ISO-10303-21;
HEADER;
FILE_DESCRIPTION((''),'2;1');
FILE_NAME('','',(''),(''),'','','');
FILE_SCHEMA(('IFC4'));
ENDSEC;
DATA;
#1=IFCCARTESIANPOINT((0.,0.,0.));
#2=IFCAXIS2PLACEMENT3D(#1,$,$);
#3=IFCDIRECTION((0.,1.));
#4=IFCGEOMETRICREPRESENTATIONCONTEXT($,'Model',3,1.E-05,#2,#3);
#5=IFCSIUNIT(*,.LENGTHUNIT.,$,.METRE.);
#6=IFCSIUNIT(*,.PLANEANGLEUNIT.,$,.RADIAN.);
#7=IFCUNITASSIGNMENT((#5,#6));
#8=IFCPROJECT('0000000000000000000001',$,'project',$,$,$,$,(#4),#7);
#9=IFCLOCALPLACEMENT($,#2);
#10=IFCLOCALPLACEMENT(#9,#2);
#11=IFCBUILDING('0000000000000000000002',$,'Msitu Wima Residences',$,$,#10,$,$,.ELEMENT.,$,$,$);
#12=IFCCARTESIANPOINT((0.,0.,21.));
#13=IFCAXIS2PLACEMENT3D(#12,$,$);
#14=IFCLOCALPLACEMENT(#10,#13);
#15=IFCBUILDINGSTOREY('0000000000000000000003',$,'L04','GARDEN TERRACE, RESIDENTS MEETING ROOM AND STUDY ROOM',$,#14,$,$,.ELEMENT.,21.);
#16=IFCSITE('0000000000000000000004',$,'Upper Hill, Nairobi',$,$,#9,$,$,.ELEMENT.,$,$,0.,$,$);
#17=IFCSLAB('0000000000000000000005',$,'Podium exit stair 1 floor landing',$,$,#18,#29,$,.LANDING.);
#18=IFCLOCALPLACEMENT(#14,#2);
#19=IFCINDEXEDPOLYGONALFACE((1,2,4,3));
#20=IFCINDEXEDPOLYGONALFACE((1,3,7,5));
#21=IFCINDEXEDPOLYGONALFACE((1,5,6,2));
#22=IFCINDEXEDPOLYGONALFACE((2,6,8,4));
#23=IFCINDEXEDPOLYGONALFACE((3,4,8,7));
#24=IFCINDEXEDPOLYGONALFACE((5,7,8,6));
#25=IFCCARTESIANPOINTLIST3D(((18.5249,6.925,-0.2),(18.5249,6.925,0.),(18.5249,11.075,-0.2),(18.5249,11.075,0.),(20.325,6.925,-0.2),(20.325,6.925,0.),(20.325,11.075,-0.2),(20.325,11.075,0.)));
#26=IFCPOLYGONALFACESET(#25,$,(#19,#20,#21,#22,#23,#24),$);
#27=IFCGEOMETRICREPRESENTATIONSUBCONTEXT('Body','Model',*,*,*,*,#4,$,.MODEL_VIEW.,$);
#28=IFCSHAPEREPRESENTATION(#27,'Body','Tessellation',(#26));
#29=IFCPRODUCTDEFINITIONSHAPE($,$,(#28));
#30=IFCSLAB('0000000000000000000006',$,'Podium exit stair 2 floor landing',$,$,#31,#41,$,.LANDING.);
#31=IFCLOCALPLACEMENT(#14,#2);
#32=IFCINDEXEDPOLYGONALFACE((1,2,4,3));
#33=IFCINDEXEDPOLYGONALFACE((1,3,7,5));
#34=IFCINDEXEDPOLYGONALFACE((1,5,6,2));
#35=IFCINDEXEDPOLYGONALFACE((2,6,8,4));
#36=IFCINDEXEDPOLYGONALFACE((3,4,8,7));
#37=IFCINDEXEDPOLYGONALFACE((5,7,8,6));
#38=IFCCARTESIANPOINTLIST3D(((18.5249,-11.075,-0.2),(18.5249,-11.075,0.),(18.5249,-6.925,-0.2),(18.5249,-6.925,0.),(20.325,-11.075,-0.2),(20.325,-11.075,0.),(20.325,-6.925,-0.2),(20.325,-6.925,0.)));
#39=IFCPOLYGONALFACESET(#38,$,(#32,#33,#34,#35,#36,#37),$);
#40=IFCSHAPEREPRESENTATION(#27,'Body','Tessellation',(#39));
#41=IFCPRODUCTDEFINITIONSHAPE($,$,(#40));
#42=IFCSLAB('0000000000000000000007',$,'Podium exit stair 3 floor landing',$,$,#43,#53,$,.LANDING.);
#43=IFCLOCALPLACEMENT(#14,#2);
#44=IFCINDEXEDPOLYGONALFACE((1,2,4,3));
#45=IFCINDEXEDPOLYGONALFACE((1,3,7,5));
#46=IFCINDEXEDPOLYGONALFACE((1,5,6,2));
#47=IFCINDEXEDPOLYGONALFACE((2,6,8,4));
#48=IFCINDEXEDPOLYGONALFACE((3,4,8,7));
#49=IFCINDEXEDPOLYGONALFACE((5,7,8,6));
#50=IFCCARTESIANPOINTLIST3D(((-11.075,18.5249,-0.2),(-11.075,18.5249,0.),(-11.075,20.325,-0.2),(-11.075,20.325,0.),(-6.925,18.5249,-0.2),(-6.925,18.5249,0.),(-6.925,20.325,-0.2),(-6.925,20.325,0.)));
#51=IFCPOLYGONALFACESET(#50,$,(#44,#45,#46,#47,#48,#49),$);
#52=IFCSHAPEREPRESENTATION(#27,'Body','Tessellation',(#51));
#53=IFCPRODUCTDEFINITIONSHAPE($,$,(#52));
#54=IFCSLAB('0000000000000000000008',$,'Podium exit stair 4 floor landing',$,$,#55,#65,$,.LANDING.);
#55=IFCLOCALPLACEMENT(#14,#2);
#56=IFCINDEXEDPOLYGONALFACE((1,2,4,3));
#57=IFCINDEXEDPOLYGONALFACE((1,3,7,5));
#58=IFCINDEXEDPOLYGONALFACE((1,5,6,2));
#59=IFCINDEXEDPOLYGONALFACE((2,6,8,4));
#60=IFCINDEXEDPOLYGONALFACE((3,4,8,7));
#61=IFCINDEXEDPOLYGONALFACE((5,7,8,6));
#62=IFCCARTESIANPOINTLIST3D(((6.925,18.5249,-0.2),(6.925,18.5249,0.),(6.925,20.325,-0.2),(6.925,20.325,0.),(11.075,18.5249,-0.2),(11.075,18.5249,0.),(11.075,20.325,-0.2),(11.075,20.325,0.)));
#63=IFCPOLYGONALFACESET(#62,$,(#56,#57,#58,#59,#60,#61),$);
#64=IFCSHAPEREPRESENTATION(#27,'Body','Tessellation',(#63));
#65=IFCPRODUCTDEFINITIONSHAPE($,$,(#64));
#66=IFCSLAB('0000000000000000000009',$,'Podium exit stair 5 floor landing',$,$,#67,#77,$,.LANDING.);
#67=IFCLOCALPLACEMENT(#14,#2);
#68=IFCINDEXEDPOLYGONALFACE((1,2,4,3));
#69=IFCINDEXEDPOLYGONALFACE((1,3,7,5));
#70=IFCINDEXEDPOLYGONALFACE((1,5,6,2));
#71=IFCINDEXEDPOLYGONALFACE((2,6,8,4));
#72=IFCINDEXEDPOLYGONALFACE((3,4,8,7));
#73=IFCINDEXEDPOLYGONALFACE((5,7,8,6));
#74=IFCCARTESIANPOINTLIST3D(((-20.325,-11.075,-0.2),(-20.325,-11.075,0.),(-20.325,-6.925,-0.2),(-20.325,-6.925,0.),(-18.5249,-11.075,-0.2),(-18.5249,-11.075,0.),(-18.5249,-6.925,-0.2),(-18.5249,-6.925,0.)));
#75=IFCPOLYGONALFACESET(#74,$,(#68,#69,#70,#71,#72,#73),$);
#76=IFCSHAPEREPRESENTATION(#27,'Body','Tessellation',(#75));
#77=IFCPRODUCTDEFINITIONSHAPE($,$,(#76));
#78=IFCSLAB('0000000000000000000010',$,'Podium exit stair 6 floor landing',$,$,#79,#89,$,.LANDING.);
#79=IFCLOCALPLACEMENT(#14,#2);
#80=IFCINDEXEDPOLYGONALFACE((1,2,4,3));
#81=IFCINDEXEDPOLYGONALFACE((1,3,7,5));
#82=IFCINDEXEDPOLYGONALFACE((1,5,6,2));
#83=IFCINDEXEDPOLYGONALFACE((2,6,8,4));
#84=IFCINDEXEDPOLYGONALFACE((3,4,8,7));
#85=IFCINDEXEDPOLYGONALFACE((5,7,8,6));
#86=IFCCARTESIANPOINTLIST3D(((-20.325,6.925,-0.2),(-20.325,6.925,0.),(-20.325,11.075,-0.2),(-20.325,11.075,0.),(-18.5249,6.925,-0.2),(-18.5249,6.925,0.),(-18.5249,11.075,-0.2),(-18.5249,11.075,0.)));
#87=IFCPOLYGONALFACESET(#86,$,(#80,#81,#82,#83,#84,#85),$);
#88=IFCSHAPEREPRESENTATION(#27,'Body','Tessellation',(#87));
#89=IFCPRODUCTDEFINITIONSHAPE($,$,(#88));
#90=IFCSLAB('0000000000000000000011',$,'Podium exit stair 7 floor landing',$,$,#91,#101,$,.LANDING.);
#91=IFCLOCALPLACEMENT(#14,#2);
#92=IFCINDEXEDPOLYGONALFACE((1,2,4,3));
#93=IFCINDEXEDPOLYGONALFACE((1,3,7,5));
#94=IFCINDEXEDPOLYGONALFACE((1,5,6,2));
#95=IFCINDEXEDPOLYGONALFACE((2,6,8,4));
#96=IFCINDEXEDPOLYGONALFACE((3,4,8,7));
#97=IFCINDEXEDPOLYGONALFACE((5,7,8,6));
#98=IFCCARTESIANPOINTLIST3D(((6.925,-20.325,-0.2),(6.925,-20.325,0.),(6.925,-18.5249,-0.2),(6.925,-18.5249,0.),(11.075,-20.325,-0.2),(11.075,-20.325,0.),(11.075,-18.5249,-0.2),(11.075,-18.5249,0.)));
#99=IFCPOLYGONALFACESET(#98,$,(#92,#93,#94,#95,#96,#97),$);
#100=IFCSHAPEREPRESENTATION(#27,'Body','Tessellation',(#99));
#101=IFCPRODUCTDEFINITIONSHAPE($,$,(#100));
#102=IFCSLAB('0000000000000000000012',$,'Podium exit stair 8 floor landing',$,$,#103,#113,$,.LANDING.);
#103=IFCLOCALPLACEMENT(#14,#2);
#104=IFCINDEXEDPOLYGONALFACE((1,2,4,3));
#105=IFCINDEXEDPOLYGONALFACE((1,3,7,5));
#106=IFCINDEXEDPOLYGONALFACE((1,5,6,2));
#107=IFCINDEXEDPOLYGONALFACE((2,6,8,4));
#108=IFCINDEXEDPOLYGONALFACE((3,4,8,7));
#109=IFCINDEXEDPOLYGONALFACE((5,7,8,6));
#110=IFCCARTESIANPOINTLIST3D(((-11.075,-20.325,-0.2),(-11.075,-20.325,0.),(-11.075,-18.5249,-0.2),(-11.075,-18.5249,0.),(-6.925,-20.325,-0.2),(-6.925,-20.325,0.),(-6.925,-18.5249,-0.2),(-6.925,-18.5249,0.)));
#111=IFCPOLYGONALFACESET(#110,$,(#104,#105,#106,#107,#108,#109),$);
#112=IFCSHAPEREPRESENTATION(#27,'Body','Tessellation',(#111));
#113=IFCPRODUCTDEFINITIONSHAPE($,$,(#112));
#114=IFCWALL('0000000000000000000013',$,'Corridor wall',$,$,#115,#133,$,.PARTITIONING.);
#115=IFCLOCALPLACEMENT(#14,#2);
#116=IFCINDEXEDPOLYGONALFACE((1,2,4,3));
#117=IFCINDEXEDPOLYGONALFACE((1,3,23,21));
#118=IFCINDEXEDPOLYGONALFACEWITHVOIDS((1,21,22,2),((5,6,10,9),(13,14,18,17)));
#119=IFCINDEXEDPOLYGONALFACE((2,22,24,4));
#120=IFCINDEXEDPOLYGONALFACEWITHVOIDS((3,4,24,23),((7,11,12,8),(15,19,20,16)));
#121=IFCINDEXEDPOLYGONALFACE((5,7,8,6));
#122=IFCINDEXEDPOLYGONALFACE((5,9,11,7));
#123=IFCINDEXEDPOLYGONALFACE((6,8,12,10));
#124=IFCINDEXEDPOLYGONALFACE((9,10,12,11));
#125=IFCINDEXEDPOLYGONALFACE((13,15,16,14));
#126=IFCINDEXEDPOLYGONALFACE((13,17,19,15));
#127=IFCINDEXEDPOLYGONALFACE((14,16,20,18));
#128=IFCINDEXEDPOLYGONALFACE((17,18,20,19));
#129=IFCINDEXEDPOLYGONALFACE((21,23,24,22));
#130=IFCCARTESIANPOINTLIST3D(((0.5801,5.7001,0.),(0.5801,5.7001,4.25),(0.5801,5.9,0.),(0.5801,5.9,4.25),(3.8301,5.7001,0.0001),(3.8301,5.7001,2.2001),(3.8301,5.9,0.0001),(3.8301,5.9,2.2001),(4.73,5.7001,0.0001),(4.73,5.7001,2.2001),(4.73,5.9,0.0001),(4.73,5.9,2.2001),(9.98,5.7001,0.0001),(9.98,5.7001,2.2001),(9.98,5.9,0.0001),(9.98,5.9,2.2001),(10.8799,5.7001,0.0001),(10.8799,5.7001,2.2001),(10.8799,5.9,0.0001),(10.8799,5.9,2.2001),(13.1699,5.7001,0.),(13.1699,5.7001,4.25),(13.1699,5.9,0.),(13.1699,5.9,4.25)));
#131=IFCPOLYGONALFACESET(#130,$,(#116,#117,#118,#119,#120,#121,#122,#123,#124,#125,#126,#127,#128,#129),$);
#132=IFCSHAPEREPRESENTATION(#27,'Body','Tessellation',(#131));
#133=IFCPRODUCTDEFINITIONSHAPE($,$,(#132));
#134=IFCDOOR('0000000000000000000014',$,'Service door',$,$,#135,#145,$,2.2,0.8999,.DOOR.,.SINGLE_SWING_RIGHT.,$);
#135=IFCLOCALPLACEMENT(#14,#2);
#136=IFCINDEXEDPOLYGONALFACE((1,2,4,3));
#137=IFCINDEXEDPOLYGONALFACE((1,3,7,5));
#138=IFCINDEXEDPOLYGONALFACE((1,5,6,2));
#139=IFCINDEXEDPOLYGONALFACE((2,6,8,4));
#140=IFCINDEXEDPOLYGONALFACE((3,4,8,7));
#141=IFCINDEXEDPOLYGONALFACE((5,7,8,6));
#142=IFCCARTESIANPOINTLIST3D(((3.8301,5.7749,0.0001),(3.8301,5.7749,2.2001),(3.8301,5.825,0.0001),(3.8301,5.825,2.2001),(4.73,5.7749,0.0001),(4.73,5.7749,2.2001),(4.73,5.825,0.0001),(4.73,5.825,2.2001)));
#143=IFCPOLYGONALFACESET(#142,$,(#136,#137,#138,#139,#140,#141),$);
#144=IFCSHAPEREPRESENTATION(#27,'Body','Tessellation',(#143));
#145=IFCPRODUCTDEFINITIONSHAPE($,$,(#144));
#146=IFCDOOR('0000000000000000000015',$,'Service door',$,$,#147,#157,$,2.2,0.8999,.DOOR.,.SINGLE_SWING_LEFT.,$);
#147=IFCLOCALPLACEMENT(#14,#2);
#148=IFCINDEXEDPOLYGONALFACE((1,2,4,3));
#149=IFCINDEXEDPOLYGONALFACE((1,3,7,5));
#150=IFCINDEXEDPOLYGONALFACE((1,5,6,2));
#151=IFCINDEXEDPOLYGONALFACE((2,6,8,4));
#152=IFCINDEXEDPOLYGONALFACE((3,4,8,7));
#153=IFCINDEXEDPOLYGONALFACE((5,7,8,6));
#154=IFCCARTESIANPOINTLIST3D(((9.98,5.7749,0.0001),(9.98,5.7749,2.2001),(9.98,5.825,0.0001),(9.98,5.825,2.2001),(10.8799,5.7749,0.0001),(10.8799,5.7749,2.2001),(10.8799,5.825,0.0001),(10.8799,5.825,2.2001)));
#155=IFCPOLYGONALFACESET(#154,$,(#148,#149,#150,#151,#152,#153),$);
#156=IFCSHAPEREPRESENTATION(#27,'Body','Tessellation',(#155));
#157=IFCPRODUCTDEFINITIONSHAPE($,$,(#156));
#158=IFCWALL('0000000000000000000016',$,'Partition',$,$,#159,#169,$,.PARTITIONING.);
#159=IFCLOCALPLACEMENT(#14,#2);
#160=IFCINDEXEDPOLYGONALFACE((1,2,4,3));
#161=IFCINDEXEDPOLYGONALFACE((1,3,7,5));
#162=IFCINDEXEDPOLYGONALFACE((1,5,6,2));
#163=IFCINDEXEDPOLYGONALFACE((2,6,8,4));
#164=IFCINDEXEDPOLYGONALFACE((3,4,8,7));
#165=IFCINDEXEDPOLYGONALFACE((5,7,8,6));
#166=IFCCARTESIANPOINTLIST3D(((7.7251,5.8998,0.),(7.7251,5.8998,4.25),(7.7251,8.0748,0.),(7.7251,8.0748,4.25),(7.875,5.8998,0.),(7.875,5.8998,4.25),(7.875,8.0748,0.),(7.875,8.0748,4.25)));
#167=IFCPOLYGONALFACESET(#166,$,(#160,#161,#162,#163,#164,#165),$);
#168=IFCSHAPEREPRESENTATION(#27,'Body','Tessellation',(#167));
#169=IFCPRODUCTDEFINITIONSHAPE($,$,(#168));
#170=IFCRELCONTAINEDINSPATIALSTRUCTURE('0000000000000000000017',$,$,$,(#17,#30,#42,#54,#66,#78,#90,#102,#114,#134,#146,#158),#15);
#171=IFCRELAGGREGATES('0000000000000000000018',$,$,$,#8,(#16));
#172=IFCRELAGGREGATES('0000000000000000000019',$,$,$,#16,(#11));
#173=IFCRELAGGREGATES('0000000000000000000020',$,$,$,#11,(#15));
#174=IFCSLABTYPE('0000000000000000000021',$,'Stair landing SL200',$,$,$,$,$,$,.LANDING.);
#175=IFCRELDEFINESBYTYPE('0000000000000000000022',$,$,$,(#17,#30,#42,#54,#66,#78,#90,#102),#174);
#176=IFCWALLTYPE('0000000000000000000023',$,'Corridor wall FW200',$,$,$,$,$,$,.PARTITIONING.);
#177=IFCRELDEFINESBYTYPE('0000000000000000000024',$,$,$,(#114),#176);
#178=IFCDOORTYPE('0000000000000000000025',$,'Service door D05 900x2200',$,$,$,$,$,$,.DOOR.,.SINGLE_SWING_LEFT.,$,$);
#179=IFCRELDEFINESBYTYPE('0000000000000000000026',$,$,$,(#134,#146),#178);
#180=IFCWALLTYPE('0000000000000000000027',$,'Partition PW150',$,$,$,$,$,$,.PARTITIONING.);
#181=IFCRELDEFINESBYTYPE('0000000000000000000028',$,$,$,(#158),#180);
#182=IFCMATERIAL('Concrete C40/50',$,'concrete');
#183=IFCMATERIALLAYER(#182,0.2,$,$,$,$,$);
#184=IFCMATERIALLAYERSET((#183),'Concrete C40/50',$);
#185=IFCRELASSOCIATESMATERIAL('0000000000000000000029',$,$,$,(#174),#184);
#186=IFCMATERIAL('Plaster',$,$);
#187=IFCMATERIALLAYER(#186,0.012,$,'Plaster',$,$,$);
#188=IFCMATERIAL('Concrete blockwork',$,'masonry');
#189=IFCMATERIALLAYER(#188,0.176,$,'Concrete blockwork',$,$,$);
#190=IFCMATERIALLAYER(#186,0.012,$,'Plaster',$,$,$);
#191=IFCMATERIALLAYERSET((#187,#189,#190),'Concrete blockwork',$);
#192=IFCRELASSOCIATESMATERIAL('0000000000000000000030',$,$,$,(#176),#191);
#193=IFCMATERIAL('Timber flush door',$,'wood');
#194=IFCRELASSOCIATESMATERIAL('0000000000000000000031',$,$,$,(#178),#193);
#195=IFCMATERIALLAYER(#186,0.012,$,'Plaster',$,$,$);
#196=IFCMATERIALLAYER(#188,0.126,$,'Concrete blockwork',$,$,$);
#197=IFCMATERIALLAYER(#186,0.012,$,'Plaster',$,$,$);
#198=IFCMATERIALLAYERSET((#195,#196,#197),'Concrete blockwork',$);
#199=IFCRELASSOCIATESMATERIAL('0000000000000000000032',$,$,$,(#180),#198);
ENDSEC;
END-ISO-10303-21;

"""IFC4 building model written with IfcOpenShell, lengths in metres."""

from ifc_helpers import new_model, si_unit, direction, frame, frame_2d, origin, place, context, subcontext, project, spatial, polyline, rectangle, outline, extrude, material, layer, layer_set, type_object, element, fill, save


model = new_model("IFC4")

# Units and contexts
model_context = context("Model", 3, precision=1e-05, world=origin(), true_north=direction((0.0, 1.0)))
body_context = subcontext(model_context, "Body", "Model", "MODEL_VIEW")
ifc_project = project(units=[si_unit("LENGTHUNIT", "METRE"), si_unit("PLANEANGLEUNIT", "RADIAN")], contexts=[model_context])

# Site, building, storey
site_placement = place(None, origin())
site = spatial("IfcSite", under=ifc_project, at=site_placement, Name="Upper Hill, Nairobi", CompositionType="ELEMENT", RefElevation=0.0)
building_placement = place(site_placement, origin())
building = spatial("IfcBuilding", under=site, at=building_placement, Name="Msitu Wima Residences", CompositionType="ELEMENT")
storey_placement = place(building_placement, frame((0.0, 0.0, 21.0)))
storey = spatial("IfcBuildingStorey", under=building, at=storey_placement, Name="L04", Description="GARDEN TERRACE, RESIDENTS MEETING ROOM AND STUDY ROOM", CompositionType="ELEMENT", Elevation=21.0)

# Slabs
ifc_material_1 = material(Name="Concrete C40/50", Category="concrete")
ifc_layer_1 = layer(ifc_material_1, 0.2)
ifc_layer_set_1 = layer_set([ifc_layer_1], Name="Concrete C40/50")
slab_type = type_object("IfcSlabType", Name="Stair landing SL200", PredefinedType="LANDING", material=ifc_layer_set_1)
slab_1_placement = place(storey_placement, frame((0.0, 0.0, -0.2)))
element("IfcSlab", 1, at=slab_1_placement, inside=storey, type_object=slab_type, Name="Podium exit stair 1 floor landing", PredefinedType="LANDING", context=body_context, shape_type="SweptSolid", body=[
    extrude(outline(polyline([(18.5249, 6.925), (20.325, 6.925), (20.325, 11.075), (18.5249, 11.075), (18.5249, 6.925)])), origin(), (0.0, 0.0, 1.0), 0.2),
])
slab_2_placement = place(storey_placement, frame((0.0, 0.0, -0.2)))
element("IfcSlab", 2, at=slab_2_placement, inside=storey, type_object=slab_type, Name="Podium exit stair 2 floor landing", PredefinedType="LANDING", context=body_context, shape_type="SweptSolid", body=[
    extrude(outline(polyline([(18.5249, -6.925), (20.325, -6.925), (20.325, -11.075), (18.5249, -11.075), (18.5249, -6.925)])), origin(), (0.0, 0.0, 1.0), 0.2),
])
slab_3_placement = place(storey_placement, frame((0.0, 0.0, -0.2)))
element("IfcSlab", 3, at=slab_3_placement, inside=storey, type_object=slab_type, Name="Podium exit stair 3 floor landing", PredefinedType="LANDING", context=body_context, shape_type="SweptSolid", body=[
    extrude(outline(polyline([(-6.925, 18.5249), (-6.925, 20.325), (-11.075, 20.325), (-11.075, 18.5249), (-6.925, 18.5249)])), origin(), (0.0, 0.0, 1.0), 0.2),
])
slab_4_placement = place(storey_placement, frame((0.0, 0.0, -0.2)))
element("IfcSlab", 4, at=slab_4_placement, inside=storey, type_object=slab_type, Name="Podium exit stair 4 floor landing", PredefinedType="LANDING", context=body_context, shape_type="SweptSolid", body=[
    extrude(outline(polyline([(6.925, 18.5249), (6.925, 20.325), (11.075, 20.325), (11.075, 18.5249), (6.925, 18.5249)])), origin(), (0.0, 0.0, 1.0), 0.2),
])
slab_5_placement = place(storey_placement, frame((0.0, 0.0, -0.2)))
element("IfcSlab", 5, at=slab_5_placement, inside=storey, type_object=slab_type, Name="Podium exit stair 5 floor landing", PredefinedType="LANDING", context=body_context, shape_type="SweptSolid", body=[
    extrude(outline(polyline([(-18.5249, -6.925), (-20.325, -6.925), (-20.325, -11.075), (-18.5249, -11.075), (-18.5249, -6.925)])), origin(), (0.0, 0.0, 1.0), 0.2),
])
slab_6_placement = place(storey_placement, frame((0.0, 0.0, -0.2)))
element("IfcSlab", 6, at=slab_6_placement, inside=storey, type_object=slab_type, Name="Podium exit stair 6 floor landing", PredefinedType="LANDING", context=body_context, shape_type="SweptSolid", body=[
    extrude(outline(polyline([(-18.5249, 6.925), (-20.325, 6.925), (-20.325, 11.075), (-18.5249, 11.075), (-18.5249, 6.925)])), origin(), (0.0, 0.0, 1.0), 0.2),
])
slab_7_placement = place(storey_placement, frame((0.0, 0.0, -0.2)))
element("IfcSlab", 7, at=slab_7_placement, inside=storey, type_object=slab_type, Name="Podium exit stair 7 floor landing", PredefinedType="LANDING", context=body_context, shape_type="SweptSolid", body=[
    extrude(outline(polyline([(6.925, -18.5249), (6.925, -20.325), (11.075, -20.325), (11.075, -18.5249), (6.925, -18.5249)])), origin(), (0.0, 0.0, 1.0), 0.2),
])
slab_8_placement = place(storey_placement, frame((0.0, 0.0, -0.2)))
element("IfcSlab", 8, at=slab_8_placement, inside=storey, type_object=slab_type, Name="Podium exit stair 8 floor landing", PredefinedType="LANDING", context=body_context, shape_type="SweptSolid", body=[
    extrude(outline(polyline([(-6.925, -18.5249), (-6.925, -20.325), (-11.075, -20.325), (-11.075, -18.5249), (-6.925, -18.5249)])), origin(), (0.0, 0.0, 1.0), 0.2),
])

# Wall, openings, doors
ifc_material_2 = material(Name="Plaster")
ifc_layer_2 = layer(ifc_material_2, 0.012, Name="Plaster")
ifc_material_3 = material(Name="Concrete blockwork", Category="masonry")
ifc_layer_3 = layer(ifc_material_3, 0.176, Name="Concrete blockwork")
ifc_layer_4 = layer(ifc_material_2, 0.012, Name="Plaster")
ifc_layer_set_2 = layer_set([ifc_layer_2, ifc_layer_3, ifc_layer_4], Name="Concrete blockwork")
wall_type_1 = type_object("IfcWallType", Name="Corridor wall FW200", PredefinedType="PARTITIONING", material=ifc_layer_set_2)
wall_1_placement = place(storey_placement, frame((0.5801, 5.8, 0.0), z_axis=(0.0, 0.0, 1.0), x_axis=(1.0, 0.0, 0.0)))
wall_1 = element("IfcWall", 9, at=wall_1_placement, inside=storey, type_object=wall_type_1, Name="Corridor wall", PredefinedType="PARTITIONING", context=body_context, shape_type="SweptSolid", body=[
    extrude(rectangle(XDim=12.5898, YDim=0.2, at=frame_2d((6.2949, 0.0))), origin(), (0.0, 0.0, 1.0), 4.25),
])
opening_1_placement = place(wall_1_placement, frame((3.25, 0.0, 0.0)))
opening_1 = element("IfcOpeningElement", 10, at=opening_1_placement, cuts=wall_1, PredefinedType="OPENING", context=body_context, shape_type="SweptSolid", body=[
    extrude(rectangle(XDim=0.8999, YDim=2.2, at=frame_2d((0.45, 1.1001))), frame((0.0, 0.1099, 0.0), z_axis=(0.0, -1.0, 0.0), x_axis=(1.0, 0.0, 0.0)), (0.0, 0.0, 1.0), 0.22),
])
opening_2_placement = place(wall_1_placement, frame((9.3999, 0.0, 0.0)))
opening_2 = element("IfcOpeningElement", 11, at=opening_2_placement, cuts=wall_1, PredefinedType="OPENING", context=body_context, shape_type="SweptSolid", body=[
    extrude(rectangle(XDim=0.8999, YDim=2.2, at=frame_2d((0.45, 1.1001))), frame((0.0, 0.1099, 0.0), z_axis=(0.0, -1.0, 0.0), x_axis=(1.0, 0.0, 0.0)), (0.0, 0.0, 1.0), 0.22),
])
ifc_material_4 = material(Name="Timber flush door", Category="wood")
door_type_1 = type_object("IfcDoorType", Name="Service door D05 900x2200", OperationType="SINGLE_SWING_LEFT", PredefinedType="DOOR", material=ifc_material_4)
door_1_placement = place(opening_1_placement, origin())
door_1 = element("IfcDoor", 12, at=door_1_placement, inside=storey, type_object=door_type_1, Name="Service door", OperationType="SINGLE_SWING_RIGHT", OverallHeight=2.2, OverallWidth=0.8999, PredefinedType="DOOR", context=body_context, shape_type="SweptSolid", body=[
    extrude(rectangle(XDim=0.8999, YDim=2.2, at=frame_2d((0.45, 1.1001))), frame((0.0, 0.0249, 0.0), z_axis=(0.0, -1.0, 0.0), x_axis=(1.0, 0.0, 0.0)), (0.0, 0.0, 1.0), 0.05),
])
fill(opening_1, door_1)
door_2_placement = place(opening_2_placement, origin())
door_2 = element("IfcDoor", 13, at=door_2_placement, inside=storey, type_object=door_type_1, Name="Service door", OperationType="SINGLE_SWING_LEFT", OverallHeight=2.2, OverallWidth=0.8999, PredefinedType="DOOR", context=body_context, shape_type="SweptSolid", body=[
    extrude(rectangle(XDim=0.8999, YDim=2.2, at=frame_2d((0.45, 1.1001))), frame((0.0, 0.0249, 0.0), z_axis=(0.0, -1.0, 0.0), x_axis=(1.0, 0.0, 0.0)), (0.0, 0.0, 1.0), 0.05),
])
fill(opening_2, door_2)

# Wall
ifc_layer_5 = layer(ifc_material_2, 0.012, Name="Plaster")
ifc_layer_6 = layer(ifc_material_3, 0.126, Name="Concrete blockwork")
ifc_layer_7 = layer(ifc_material_2, 0.012, Name="Plaster")
ifc_layer_set_3 = layer_set([ifc_layer_5, ifc_layer_6, ifc_layer_7], Name="Concrete blockwork")
wall_type_2 = type_object("IfcWallType", Name="Partition PW150", PredefinedType="PARTITIONING", material=ifc_layer_set_3)
wall_2_placement = place(storey_placement, frame((7.8, 5.8999, 0.0), z_axis=(0.0, 0.0, 1.0), x_axis=(0.0, 1.0, 0.0)))
element("IfcWall", 14, at=wall_2_placement, inside=storey, type_object=wall_type_2, Name="Partition", PredefinedType="PARTITIONING", context=body_context, shape_type="SweptSolid", body=[
    extrude(rectangle(XDim=2.175, YDim=0.1499, at=frame_2d((1.0874, 0.0))), origin(), (0.0, 0.0, 1.0), 4.25),
])

save(model, "model.ifc")
